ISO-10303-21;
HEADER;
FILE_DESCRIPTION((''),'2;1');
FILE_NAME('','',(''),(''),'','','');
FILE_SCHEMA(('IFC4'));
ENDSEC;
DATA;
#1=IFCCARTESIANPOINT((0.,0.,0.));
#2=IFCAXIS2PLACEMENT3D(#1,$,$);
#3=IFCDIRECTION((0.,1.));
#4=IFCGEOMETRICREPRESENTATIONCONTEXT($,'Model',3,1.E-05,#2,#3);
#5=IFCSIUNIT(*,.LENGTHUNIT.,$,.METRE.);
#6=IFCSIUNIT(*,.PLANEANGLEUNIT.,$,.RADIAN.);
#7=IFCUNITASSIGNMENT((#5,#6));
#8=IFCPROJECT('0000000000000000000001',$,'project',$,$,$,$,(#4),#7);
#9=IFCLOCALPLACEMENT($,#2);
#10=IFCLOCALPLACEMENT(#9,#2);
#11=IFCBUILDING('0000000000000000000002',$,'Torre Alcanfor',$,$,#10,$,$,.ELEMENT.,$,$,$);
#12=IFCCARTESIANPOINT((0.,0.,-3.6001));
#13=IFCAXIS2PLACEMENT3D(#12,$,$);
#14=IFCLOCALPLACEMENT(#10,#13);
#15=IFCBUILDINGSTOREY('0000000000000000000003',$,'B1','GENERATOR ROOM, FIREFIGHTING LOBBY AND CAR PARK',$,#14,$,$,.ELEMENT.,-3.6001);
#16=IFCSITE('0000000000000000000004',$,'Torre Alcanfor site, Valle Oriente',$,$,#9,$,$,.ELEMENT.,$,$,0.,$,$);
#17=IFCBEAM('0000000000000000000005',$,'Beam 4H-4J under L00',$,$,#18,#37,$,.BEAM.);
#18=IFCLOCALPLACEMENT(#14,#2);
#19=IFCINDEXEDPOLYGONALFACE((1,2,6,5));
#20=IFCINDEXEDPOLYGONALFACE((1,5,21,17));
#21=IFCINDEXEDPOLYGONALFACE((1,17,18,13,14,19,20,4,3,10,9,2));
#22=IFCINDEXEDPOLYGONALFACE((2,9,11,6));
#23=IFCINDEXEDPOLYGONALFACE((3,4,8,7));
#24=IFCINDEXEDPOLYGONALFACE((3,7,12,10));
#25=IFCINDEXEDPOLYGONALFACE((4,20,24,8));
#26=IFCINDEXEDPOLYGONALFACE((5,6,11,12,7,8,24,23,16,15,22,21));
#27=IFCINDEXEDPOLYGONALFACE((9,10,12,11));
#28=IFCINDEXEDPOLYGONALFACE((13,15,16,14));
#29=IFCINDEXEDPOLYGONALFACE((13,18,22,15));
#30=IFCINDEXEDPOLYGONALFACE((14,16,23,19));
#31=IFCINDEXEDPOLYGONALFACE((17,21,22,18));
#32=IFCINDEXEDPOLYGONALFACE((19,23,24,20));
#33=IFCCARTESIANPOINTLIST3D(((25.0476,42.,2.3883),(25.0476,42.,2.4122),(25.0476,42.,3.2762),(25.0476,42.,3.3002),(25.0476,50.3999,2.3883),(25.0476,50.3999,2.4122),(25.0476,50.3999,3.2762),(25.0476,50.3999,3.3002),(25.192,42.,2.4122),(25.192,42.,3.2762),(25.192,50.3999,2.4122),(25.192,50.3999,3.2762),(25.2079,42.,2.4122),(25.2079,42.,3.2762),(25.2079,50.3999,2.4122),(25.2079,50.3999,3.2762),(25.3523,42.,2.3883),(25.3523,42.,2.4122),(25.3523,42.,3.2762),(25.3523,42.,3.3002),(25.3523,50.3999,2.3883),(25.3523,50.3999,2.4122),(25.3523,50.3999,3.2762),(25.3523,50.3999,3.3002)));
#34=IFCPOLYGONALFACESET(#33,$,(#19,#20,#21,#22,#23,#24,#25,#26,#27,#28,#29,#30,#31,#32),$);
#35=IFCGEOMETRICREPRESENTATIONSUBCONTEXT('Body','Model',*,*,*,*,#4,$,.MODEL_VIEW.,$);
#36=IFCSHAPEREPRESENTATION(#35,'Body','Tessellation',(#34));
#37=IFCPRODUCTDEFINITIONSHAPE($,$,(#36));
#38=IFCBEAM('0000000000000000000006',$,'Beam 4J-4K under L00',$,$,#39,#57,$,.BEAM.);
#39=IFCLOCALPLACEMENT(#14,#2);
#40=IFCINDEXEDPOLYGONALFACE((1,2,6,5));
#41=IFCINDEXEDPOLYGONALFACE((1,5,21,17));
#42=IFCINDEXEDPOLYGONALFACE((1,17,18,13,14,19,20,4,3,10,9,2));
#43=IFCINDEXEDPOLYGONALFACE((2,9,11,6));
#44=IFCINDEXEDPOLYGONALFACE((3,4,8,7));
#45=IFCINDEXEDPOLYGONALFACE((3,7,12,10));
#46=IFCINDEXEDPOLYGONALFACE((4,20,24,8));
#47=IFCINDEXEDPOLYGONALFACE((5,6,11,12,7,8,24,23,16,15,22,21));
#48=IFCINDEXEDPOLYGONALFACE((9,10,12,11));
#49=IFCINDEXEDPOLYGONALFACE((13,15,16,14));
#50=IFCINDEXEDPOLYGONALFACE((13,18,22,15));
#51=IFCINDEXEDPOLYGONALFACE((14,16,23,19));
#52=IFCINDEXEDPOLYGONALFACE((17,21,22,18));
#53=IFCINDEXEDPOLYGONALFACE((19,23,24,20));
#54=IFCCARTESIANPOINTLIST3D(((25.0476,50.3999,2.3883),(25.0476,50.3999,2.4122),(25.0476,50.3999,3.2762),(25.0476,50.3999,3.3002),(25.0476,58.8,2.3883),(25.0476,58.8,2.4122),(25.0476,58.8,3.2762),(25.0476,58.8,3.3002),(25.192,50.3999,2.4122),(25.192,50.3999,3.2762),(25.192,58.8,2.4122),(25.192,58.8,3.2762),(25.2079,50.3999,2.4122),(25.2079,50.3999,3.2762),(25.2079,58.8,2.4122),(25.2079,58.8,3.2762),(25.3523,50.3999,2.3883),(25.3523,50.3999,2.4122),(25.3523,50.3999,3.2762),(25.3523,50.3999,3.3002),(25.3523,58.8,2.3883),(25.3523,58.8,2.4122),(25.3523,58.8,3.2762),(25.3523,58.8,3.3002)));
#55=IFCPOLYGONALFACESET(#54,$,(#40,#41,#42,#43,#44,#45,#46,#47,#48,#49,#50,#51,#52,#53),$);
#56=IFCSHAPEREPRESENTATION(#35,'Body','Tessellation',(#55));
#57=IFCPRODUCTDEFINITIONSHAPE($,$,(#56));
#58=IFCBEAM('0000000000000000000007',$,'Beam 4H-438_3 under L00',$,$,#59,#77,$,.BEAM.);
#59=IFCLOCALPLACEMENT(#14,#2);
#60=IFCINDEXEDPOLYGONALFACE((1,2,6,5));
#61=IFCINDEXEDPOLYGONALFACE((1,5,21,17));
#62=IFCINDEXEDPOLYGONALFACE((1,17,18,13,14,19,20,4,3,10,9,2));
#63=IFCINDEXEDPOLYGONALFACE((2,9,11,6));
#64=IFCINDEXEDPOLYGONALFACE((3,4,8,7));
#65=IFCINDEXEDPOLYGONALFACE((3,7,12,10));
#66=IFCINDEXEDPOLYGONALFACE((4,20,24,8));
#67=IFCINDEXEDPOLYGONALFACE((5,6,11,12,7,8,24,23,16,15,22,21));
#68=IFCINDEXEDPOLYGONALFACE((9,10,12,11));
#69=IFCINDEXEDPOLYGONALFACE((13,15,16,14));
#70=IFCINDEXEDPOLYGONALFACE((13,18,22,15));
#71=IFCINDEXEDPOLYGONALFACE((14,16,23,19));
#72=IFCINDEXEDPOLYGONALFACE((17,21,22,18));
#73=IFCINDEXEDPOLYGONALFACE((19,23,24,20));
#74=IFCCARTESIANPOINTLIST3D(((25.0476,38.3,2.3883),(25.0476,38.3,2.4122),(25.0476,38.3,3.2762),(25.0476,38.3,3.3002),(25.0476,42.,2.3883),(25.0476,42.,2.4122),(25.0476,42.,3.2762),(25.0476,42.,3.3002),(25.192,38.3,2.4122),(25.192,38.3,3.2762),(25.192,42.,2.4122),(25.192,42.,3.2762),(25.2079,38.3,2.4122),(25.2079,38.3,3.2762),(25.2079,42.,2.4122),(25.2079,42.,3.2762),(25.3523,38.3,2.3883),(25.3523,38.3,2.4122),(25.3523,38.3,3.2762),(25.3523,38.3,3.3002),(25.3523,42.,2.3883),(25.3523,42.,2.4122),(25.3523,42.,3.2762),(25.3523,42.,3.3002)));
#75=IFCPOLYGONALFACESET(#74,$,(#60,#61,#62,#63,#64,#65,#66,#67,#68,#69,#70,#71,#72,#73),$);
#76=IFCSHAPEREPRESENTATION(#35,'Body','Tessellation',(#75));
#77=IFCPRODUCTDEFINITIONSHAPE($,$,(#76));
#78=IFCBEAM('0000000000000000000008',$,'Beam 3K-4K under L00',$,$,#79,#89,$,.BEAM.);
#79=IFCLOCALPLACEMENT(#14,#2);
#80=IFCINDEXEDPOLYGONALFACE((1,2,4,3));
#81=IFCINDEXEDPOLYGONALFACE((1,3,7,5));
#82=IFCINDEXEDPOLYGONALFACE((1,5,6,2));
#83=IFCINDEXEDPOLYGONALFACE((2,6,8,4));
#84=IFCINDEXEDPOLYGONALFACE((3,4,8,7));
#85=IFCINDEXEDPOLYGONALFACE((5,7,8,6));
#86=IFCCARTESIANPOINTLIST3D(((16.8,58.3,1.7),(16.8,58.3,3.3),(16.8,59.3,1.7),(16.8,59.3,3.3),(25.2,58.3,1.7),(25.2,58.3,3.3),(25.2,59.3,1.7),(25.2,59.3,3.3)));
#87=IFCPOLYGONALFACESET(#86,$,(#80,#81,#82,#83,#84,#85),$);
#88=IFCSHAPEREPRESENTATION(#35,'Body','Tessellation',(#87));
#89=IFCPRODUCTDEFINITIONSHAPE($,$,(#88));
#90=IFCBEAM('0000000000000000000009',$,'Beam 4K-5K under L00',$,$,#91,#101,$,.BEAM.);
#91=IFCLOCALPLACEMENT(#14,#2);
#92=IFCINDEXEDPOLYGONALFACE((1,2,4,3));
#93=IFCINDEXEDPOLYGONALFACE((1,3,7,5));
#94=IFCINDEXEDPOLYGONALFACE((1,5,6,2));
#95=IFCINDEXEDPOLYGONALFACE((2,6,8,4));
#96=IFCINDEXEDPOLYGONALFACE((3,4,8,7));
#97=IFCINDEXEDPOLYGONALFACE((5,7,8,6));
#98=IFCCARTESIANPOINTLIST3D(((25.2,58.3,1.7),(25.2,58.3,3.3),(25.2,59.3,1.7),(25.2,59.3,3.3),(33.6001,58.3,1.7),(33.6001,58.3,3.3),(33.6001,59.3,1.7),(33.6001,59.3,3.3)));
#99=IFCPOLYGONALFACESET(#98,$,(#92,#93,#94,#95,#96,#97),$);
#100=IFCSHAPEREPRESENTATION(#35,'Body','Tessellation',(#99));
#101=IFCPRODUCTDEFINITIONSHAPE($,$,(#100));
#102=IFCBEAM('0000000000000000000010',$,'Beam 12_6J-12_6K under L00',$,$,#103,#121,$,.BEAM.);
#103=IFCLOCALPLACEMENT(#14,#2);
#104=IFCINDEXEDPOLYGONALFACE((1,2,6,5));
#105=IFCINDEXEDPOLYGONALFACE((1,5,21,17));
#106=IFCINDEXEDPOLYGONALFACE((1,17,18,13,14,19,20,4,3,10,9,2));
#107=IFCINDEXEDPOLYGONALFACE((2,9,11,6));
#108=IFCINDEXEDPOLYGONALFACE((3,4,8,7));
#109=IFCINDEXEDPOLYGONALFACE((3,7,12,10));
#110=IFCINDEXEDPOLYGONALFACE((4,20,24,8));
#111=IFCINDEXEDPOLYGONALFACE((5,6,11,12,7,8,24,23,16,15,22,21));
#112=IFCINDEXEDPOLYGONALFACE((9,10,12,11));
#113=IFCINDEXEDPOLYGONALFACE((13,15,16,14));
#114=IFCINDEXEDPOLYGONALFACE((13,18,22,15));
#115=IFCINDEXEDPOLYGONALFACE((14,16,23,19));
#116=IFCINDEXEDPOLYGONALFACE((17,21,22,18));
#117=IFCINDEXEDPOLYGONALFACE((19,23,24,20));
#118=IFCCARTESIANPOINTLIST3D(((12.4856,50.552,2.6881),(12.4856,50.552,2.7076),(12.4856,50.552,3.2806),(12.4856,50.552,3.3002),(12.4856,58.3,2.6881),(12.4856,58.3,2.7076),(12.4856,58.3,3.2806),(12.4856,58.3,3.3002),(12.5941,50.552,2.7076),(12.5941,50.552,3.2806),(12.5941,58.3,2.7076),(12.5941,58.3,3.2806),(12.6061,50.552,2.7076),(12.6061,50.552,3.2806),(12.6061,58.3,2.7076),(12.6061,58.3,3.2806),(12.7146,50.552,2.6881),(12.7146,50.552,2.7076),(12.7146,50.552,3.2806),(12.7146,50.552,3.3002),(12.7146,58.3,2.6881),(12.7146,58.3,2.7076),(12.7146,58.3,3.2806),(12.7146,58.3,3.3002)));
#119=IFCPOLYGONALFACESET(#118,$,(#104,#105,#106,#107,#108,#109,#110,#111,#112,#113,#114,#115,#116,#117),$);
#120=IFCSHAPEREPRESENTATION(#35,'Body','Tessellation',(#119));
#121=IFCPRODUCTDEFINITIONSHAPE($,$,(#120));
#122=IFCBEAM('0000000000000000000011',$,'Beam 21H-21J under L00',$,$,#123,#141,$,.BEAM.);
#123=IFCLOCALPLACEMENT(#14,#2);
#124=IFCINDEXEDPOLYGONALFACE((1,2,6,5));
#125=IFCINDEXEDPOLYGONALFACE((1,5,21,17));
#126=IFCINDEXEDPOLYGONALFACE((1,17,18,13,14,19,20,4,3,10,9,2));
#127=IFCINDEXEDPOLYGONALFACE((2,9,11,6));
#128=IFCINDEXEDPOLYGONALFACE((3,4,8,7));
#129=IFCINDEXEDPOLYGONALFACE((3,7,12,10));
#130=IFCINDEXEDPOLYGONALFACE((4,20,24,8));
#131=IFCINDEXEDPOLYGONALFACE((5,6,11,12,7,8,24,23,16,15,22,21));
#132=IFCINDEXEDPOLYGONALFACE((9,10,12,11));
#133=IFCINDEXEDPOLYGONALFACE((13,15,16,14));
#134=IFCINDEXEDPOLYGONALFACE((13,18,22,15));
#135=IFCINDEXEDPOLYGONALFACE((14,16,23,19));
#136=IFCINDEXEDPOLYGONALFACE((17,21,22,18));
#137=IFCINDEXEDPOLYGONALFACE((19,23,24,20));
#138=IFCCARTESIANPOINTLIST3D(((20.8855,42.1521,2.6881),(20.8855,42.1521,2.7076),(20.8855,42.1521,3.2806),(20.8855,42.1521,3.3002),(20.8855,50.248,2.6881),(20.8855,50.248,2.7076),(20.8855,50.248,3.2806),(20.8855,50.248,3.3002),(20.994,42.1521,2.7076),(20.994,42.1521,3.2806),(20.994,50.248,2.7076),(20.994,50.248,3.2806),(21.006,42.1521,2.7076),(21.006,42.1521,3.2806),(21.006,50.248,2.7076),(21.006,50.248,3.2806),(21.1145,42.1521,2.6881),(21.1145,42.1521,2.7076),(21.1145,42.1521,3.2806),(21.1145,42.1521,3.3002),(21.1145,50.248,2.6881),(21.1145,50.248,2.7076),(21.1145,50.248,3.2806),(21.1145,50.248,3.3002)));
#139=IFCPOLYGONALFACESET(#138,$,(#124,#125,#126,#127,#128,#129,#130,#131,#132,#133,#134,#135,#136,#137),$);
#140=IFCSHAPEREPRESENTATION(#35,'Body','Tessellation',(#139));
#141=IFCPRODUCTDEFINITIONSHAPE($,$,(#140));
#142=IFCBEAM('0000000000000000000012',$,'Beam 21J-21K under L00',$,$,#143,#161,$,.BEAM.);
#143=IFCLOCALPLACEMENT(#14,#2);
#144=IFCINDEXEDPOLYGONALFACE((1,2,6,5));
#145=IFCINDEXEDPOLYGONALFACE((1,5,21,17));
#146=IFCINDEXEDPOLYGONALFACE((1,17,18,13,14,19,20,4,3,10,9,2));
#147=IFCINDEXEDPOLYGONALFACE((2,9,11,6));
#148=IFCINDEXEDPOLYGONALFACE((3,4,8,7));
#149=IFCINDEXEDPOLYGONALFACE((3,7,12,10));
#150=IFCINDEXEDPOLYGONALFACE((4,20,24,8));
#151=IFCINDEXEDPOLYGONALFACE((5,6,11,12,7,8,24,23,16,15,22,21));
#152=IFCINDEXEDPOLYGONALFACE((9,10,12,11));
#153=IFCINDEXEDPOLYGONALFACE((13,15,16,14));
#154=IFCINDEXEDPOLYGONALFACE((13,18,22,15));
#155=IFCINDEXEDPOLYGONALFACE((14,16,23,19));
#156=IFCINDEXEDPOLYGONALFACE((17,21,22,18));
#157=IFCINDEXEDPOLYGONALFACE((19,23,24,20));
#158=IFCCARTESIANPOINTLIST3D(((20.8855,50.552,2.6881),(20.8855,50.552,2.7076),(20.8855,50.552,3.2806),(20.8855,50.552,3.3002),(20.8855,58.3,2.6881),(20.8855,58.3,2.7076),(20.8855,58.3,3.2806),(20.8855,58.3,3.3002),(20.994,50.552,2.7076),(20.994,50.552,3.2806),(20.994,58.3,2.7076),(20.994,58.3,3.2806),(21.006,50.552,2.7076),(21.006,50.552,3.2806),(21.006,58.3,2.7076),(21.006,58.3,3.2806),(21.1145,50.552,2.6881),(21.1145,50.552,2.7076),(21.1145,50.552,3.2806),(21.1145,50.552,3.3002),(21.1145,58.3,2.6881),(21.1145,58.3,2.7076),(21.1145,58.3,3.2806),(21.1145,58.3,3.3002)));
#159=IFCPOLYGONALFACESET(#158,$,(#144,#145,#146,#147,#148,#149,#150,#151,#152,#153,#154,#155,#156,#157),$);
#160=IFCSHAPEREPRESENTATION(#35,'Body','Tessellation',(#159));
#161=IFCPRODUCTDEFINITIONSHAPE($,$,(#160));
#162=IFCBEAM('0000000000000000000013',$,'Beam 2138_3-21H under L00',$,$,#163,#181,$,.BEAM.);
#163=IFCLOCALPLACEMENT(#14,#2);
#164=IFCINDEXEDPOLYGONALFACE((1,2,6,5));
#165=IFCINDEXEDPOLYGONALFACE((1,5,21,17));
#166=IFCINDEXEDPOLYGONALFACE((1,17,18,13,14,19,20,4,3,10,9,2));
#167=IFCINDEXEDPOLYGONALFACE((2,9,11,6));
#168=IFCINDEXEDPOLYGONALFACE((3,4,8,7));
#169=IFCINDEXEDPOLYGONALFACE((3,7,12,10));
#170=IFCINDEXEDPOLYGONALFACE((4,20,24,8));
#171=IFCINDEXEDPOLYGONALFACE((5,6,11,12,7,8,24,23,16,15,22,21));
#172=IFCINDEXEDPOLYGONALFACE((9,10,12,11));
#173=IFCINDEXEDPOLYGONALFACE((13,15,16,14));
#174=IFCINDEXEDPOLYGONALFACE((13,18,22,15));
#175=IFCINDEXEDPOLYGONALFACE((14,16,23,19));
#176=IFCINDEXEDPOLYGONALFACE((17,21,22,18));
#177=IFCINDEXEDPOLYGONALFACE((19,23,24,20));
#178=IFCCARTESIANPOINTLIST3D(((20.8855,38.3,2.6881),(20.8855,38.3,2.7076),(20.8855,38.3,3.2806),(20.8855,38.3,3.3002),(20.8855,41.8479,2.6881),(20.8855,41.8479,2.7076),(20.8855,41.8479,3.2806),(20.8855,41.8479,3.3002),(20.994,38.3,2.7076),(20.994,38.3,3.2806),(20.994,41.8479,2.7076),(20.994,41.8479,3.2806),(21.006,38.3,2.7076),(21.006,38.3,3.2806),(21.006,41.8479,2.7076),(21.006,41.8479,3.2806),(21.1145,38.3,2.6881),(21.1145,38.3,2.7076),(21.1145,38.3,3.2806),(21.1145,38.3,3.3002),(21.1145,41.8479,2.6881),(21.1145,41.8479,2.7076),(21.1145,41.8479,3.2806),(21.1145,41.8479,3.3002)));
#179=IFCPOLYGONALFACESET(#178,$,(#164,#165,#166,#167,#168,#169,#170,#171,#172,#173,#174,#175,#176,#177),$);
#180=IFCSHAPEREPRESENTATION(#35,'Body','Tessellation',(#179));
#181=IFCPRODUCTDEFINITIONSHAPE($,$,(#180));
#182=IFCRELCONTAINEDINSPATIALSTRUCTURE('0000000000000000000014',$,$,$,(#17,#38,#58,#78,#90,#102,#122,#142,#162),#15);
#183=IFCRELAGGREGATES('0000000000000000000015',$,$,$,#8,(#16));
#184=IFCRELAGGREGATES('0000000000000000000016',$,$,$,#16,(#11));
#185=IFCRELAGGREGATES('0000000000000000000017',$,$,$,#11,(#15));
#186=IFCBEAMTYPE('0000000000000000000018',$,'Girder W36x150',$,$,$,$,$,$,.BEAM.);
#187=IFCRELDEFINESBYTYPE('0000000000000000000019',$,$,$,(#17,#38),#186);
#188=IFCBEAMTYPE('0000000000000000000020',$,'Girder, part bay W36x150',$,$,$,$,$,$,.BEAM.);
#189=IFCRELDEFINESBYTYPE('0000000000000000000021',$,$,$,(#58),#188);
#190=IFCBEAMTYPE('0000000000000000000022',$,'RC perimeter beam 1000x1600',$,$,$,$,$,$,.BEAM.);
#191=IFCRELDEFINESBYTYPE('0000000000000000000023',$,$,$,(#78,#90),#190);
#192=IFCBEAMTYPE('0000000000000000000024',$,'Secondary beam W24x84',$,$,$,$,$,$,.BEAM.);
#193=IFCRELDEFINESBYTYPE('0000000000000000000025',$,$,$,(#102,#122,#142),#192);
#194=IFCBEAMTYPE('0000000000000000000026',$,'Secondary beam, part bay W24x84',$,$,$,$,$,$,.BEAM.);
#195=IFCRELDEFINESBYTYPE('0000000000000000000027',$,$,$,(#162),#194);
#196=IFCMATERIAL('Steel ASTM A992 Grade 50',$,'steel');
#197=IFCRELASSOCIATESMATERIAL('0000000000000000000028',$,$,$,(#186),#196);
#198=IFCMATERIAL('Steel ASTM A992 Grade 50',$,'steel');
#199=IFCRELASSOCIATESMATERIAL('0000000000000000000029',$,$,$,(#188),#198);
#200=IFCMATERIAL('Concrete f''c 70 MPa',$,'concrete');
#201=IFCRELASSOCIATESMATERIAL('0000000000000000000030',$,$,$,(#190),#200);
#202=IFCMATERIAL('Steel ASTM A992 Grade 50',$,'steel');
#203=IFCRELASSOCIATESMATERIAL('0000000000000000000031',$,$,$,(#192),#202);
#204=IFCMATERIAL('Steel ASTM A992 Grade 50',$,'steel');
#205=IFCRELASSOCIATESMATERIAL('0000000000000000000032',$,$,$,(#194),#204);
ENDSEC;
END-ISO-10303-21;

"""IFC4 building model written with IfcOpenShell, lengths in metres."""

from ifc_helpers import new_model, si_unit, direction, frame, origin, origin_2d, place, context, subcontext, project, spatial, rectangle, i_section, extrude, material, material_profile, profile_set, type_object, element, save


model = new_model("IFC4")

# Units and contexts
model_context = context("Model", 3, precision=1e-05, world=origin(), true_north=direction((0.0, 1.0)))
body_context = subcontext(model_context, "Body", "Model", "MODEL_VIEW")
ifc_project = project(units=[si_unit("LENGTHUNIT", "METRE"), si_unit("PLANEANGLEUNIT", "RADIAN")], contexts=[model_context])

# Site, building, storey
site_placement = place(None, origin())
site = spatial("IfcSite", under=ifc_project, at=site_placement, Name="Torre Alcanfor site, Valle Oriente", CompositionType="ELEMENT", RefElevation=0.0)
building_placement = place(site_placement, origin())
building = spatial("IfcBuilding", under=site, at=building_placement, Name="Torre Alcanfor", CompositionType="ELEMENT")
storey_placement = place(building_placement, frame((0.0, 0.0, -3.6001)))
storey = spatial("IfcBuildingStorey", under=building, at=storey_placement, Name="B1", Description="GENERATOR ROOM, FIREFIGHTING LOBBY AND CAR PARK", CompositionType="ELEMENT", Elevation=-3.6001)

# Beams
ifc_material_1 = material(Name="Steel ASTM A992 Grade 50", Category="steel")
ifc_material_profile_1 = material_profile(ifc_material_1, i_section(OverallWidth=0.3047, OverallDepth=0.9119, WebThickness=0.0159, FlangeThickness=0.0239, at=origin_2d()), Name="W36x150")
ifc_profile_set_1 = profile_set([ifc_material_profile_1], Name="Steel ASTM A992 Grade 50")
beam_type_1 = type_object("IfcBeamType", Name="Girder W36x150", PredefinedType="BEAM", material=ifc_profile_set_1)
beam_1_placement = place(storey_placement, frame((25.2, 42.0, 2.8442), z_axis=(0.0, 1.0, 0.0), x_axis=(-1.0, 0.0, 0.0)))
element("IfcBeam", 1, at=beam_1_placement, inside=storey, type_object=beam_type_1, Name="Beam 4H-4J under L00", PredefinedType="BEAM", context=body_context, shape_type="SweptSolid", body=[
    extrude(i_section(OverallWidth=0.3047, OverallDepth=0.9119, WebThickness=0.0159, FlangeThickness=0.0239, at=origin_2d()), origin(), (0.0, 0.0, 1.0), 8.3999),
])
beam_2_placement = place(storey_placement, frame((25.2, 50.3999, 2.8442), z_axis=(0.0, 1.0, 0.0), x_axis=(-1.0, 0.0, 0.0)))
element("IfcBeam", 2, at=beam_2_placement, inside=storey, type_object=beam_type_1, Name="Beam 4J-4K under L00", PredefinedType="BEAM", context=body_context, shape_type="SweptSolid", body=[
    extrude(i_section(OverallWidth=0.3047, OverallDepth=0.9119, WebThickness=0.0159, FlangeThickness=0.0239, at=origin_2d()), origin(), (0.0, 0.0, 1.0), 8.4001),
])
ifc_material_2 = material(Name="Steel ASTM A992 Grade 50", Category="steel")
ifc_material_profile_2 = material_profile(ifc_material_2, i_section(OverallWidth=0.3047, OverallDepth=0.9119, WebThickness=0.0159, FlangeThickness=0.0239, at=origin_2d()), Name="W36x150")
ifc_profile_set_2 = profile_set([ifc_material_profile_2], Name="Steel ASTM A992 Grade 50")
beam_type_2 = type_object("IfcBeamType", Name="Girder, part bay W36x150", PredefinedType="BEAM", material=ifc_profile_set_2)
beam_3_placement = place(storey_placement, frame((25.2, 42.0, 2.8442), z_axis=(0.0, -1.0, 0.0), x_axis=(1.0, 0.0, 0.0)))
element("IfcBeam", 3, at=beam_3_placement, inside=storey, type_object=beam_type_2, Name="Beam 4H-438_3 under L00", PredefinedType="BEAM", context=body_context, shape_type="SweptSolid", body=[
    extrude(i_section(OverallWidth=0.3047, OverallDepth=0.9119, WebThickness=0.0159, FlangeThickness=0.0239, at=origin_2d()), origin(), (0.0, 0.0, 1.0), 3.7),
])
ifc_material_3 = material(Name="Concrete f'c 70 MPa", Category="concrete")
ifc_material_profile_3 = material_profile(ifc_material_3, rectangle(XDim=1.0, YDim=1.6001, at=origin_2d()), Name="1000x1600")
ifc_profile_set_3 = profile_set([ifc_material_profile_3], Name="Concrete f'c 70 MPa")
beam_type_3 = type_object("IfcBeamType", Name="RC perimeter beam 1000x1600", PredefinedType="BEAM", material=ifc_profile_set_3)
beam_4_placement = place(storey_placement, frame((16.8, 58.8, 2.5), z_axis=(1.0, 0.0, 0.0), x_axis=(0.0, 1.0, 0.0)))
element("IfcBeam", 4, at=beam_4_placement, inside=storey, type_object=beam_type_3, Name="Beam 3K-4K under L00", PredefinedType="BEAM", context=body_context, shape_type="SweptSolid", body=[
    extrude(rectangle(XDim=1.0, YDim=1.6001, at=origin_2d()), origin(), (0.0, 0.0, 1.0), 8.3999),
])
beam_5_placement = place(storey_placement, frame((25.2, 58.8, 2.5), z_axis=(1.0, 0.0, 0.0), x_axis=(0.0, 1.0, 0.0)))
element("IfcBeam", 5, at=beam_5_placement, inside=storey, type_object=beam_type_3, Name="Beam 4K-5K under L00", PredefinedType="BEAM", context=body_context, shape_type="SweptSolid", body=[
    extrude(rectangle(XDim=1.0, YDim=1.6001, at=origin_2d()), origin(), (0.0, 0.0, 1.0), 8.4001),
])
ifc_material_4 = material(Name="Steel ASTM A992 Grade 50", Category="steel")
ifc_material_profile_4 = material_profile(ifc_material_4, i_section(OverallWidth=0.229, OverallDepth=0.6121, WebThickness=0.012, FlangeThickness=0.0195, at=origin_2d()), Name="W24x84")
ifc_profile_set_4 = profile_set([ifc_material_profile_4], Name="Steel ASTM A992 Grade 50")
beam_type_4 = type_object("IfcBeamType", Name="Secondary beam W24x84", PredefinedType="BEAM", material=ifc_profile_set_4)
beam_6_placement = place(storey_placement, frame((12.6001, 50.552, 2.9941), z_axis=(0.0, 1.0, 0.0), x_axis=(-1.0, 0.0, 0.0)))
element("IfcBeam", 6, at=beam_6_placement, inside=storey, type_object=beam_type_4, Name="Beam 12_6J-12_6K under L00", PredefinedType="BEAM", context=body_context, shape_type="SweptSolid", body=[
    extrude(i_section(OverallWidth=0.229, OverallDepth=0.6121, WebThickness=0.012, FlangeThickness=0.0195, at=origin_2d()), origin(), (0.0, 0.0, 1.0), 7.748),
])
beam_7_placement = place(storey_placement, frame((21.0, 42.1521, 2.9941), z_axis=(0.0, 1.0, 0.0), x_axis=(-1.0, 0.0, 0.0)))
element("IfcBeam", 7, at=beam_7_placement, inside=storey, type_object=beam_type_4, Name="Beam 21H-21J under L00", PredefinedType="BEAM", context=body_context, shape_type="SweptSolid", body=[
    extrude(i_section(OverallWidth=0.229, OverallDepth=0.6121, WebThickness=0.012, FlangeThickness=0.0195, at=origin_2d()), origin(), (0.0, 0.0, 1.0), 8.0959),
])
beam_8_placement = place(storey_placement, frame((21.0, 50.552, 2.9941), z_axis=(0.0, 1.0, 0.0), x_axis=(-1.0, 0.0, 0.0)))
element("IfcBeam", 8, at=beam_8_placement, inside=storey, type_object=beam_type_4, Name="Beam 21J-21K under L00", PredefinedType="BEAM", context=body_context, shape_type="SweptSolid", body=[
    extrude(i_section(OverallWidth=0.229, OverallDepth=0.6121, WebThickness=0.012, FlangeThickness=0.0195, at=origin_2d()), origin(), (0.0, 0.0, 1.0), 7.748),
])
ifc_material_5 = material(Name="Steel ASTM A992 Grade 50", Category="steel")
ifc_material_profile_5 = material_profile(ifc_material_5, i_section(OverallWidth=0.229, OverallDepth=0.6121, WebThickness=0.012, FlangeThickness=0.0195, at=origin_2d()), Name="W24x84")
ifc_profile_set_5 = profile_set([ifc_material_profile_5], Name="Steel ASTM A992 Grade 50")
beam_type_5 = type_object("IfcBeamType", Name="Secondary beam, part bay W24x84", PredefinedType="BEAM", material=ifc_profile_set_5)
beam_9_placement = place(storey_placement, frame((21.0, 38.3, 2.9941), z_axis=(0.0, 1.0, 0.0), x_axis=(-1.0, 0.0, 0.0)))
element("IfcBeam", 9, at=beam_9_placement, inside=storey, type_object=beam_type_5, Name="Beam 2138_3-21H under L00", PredefinedType="BEAM", context=body_context, shape_type="SweptSolid", body=[
    extrude(i_section(OverallWidth=0.229, OverallDepth=0.6121, WebThickness=0.012, FlangeThickness=0.0195, at=origin_2d()), origin(), (0.0, 0.0, 1.0), 3.5479),
])

save(model, "model.ifc")
